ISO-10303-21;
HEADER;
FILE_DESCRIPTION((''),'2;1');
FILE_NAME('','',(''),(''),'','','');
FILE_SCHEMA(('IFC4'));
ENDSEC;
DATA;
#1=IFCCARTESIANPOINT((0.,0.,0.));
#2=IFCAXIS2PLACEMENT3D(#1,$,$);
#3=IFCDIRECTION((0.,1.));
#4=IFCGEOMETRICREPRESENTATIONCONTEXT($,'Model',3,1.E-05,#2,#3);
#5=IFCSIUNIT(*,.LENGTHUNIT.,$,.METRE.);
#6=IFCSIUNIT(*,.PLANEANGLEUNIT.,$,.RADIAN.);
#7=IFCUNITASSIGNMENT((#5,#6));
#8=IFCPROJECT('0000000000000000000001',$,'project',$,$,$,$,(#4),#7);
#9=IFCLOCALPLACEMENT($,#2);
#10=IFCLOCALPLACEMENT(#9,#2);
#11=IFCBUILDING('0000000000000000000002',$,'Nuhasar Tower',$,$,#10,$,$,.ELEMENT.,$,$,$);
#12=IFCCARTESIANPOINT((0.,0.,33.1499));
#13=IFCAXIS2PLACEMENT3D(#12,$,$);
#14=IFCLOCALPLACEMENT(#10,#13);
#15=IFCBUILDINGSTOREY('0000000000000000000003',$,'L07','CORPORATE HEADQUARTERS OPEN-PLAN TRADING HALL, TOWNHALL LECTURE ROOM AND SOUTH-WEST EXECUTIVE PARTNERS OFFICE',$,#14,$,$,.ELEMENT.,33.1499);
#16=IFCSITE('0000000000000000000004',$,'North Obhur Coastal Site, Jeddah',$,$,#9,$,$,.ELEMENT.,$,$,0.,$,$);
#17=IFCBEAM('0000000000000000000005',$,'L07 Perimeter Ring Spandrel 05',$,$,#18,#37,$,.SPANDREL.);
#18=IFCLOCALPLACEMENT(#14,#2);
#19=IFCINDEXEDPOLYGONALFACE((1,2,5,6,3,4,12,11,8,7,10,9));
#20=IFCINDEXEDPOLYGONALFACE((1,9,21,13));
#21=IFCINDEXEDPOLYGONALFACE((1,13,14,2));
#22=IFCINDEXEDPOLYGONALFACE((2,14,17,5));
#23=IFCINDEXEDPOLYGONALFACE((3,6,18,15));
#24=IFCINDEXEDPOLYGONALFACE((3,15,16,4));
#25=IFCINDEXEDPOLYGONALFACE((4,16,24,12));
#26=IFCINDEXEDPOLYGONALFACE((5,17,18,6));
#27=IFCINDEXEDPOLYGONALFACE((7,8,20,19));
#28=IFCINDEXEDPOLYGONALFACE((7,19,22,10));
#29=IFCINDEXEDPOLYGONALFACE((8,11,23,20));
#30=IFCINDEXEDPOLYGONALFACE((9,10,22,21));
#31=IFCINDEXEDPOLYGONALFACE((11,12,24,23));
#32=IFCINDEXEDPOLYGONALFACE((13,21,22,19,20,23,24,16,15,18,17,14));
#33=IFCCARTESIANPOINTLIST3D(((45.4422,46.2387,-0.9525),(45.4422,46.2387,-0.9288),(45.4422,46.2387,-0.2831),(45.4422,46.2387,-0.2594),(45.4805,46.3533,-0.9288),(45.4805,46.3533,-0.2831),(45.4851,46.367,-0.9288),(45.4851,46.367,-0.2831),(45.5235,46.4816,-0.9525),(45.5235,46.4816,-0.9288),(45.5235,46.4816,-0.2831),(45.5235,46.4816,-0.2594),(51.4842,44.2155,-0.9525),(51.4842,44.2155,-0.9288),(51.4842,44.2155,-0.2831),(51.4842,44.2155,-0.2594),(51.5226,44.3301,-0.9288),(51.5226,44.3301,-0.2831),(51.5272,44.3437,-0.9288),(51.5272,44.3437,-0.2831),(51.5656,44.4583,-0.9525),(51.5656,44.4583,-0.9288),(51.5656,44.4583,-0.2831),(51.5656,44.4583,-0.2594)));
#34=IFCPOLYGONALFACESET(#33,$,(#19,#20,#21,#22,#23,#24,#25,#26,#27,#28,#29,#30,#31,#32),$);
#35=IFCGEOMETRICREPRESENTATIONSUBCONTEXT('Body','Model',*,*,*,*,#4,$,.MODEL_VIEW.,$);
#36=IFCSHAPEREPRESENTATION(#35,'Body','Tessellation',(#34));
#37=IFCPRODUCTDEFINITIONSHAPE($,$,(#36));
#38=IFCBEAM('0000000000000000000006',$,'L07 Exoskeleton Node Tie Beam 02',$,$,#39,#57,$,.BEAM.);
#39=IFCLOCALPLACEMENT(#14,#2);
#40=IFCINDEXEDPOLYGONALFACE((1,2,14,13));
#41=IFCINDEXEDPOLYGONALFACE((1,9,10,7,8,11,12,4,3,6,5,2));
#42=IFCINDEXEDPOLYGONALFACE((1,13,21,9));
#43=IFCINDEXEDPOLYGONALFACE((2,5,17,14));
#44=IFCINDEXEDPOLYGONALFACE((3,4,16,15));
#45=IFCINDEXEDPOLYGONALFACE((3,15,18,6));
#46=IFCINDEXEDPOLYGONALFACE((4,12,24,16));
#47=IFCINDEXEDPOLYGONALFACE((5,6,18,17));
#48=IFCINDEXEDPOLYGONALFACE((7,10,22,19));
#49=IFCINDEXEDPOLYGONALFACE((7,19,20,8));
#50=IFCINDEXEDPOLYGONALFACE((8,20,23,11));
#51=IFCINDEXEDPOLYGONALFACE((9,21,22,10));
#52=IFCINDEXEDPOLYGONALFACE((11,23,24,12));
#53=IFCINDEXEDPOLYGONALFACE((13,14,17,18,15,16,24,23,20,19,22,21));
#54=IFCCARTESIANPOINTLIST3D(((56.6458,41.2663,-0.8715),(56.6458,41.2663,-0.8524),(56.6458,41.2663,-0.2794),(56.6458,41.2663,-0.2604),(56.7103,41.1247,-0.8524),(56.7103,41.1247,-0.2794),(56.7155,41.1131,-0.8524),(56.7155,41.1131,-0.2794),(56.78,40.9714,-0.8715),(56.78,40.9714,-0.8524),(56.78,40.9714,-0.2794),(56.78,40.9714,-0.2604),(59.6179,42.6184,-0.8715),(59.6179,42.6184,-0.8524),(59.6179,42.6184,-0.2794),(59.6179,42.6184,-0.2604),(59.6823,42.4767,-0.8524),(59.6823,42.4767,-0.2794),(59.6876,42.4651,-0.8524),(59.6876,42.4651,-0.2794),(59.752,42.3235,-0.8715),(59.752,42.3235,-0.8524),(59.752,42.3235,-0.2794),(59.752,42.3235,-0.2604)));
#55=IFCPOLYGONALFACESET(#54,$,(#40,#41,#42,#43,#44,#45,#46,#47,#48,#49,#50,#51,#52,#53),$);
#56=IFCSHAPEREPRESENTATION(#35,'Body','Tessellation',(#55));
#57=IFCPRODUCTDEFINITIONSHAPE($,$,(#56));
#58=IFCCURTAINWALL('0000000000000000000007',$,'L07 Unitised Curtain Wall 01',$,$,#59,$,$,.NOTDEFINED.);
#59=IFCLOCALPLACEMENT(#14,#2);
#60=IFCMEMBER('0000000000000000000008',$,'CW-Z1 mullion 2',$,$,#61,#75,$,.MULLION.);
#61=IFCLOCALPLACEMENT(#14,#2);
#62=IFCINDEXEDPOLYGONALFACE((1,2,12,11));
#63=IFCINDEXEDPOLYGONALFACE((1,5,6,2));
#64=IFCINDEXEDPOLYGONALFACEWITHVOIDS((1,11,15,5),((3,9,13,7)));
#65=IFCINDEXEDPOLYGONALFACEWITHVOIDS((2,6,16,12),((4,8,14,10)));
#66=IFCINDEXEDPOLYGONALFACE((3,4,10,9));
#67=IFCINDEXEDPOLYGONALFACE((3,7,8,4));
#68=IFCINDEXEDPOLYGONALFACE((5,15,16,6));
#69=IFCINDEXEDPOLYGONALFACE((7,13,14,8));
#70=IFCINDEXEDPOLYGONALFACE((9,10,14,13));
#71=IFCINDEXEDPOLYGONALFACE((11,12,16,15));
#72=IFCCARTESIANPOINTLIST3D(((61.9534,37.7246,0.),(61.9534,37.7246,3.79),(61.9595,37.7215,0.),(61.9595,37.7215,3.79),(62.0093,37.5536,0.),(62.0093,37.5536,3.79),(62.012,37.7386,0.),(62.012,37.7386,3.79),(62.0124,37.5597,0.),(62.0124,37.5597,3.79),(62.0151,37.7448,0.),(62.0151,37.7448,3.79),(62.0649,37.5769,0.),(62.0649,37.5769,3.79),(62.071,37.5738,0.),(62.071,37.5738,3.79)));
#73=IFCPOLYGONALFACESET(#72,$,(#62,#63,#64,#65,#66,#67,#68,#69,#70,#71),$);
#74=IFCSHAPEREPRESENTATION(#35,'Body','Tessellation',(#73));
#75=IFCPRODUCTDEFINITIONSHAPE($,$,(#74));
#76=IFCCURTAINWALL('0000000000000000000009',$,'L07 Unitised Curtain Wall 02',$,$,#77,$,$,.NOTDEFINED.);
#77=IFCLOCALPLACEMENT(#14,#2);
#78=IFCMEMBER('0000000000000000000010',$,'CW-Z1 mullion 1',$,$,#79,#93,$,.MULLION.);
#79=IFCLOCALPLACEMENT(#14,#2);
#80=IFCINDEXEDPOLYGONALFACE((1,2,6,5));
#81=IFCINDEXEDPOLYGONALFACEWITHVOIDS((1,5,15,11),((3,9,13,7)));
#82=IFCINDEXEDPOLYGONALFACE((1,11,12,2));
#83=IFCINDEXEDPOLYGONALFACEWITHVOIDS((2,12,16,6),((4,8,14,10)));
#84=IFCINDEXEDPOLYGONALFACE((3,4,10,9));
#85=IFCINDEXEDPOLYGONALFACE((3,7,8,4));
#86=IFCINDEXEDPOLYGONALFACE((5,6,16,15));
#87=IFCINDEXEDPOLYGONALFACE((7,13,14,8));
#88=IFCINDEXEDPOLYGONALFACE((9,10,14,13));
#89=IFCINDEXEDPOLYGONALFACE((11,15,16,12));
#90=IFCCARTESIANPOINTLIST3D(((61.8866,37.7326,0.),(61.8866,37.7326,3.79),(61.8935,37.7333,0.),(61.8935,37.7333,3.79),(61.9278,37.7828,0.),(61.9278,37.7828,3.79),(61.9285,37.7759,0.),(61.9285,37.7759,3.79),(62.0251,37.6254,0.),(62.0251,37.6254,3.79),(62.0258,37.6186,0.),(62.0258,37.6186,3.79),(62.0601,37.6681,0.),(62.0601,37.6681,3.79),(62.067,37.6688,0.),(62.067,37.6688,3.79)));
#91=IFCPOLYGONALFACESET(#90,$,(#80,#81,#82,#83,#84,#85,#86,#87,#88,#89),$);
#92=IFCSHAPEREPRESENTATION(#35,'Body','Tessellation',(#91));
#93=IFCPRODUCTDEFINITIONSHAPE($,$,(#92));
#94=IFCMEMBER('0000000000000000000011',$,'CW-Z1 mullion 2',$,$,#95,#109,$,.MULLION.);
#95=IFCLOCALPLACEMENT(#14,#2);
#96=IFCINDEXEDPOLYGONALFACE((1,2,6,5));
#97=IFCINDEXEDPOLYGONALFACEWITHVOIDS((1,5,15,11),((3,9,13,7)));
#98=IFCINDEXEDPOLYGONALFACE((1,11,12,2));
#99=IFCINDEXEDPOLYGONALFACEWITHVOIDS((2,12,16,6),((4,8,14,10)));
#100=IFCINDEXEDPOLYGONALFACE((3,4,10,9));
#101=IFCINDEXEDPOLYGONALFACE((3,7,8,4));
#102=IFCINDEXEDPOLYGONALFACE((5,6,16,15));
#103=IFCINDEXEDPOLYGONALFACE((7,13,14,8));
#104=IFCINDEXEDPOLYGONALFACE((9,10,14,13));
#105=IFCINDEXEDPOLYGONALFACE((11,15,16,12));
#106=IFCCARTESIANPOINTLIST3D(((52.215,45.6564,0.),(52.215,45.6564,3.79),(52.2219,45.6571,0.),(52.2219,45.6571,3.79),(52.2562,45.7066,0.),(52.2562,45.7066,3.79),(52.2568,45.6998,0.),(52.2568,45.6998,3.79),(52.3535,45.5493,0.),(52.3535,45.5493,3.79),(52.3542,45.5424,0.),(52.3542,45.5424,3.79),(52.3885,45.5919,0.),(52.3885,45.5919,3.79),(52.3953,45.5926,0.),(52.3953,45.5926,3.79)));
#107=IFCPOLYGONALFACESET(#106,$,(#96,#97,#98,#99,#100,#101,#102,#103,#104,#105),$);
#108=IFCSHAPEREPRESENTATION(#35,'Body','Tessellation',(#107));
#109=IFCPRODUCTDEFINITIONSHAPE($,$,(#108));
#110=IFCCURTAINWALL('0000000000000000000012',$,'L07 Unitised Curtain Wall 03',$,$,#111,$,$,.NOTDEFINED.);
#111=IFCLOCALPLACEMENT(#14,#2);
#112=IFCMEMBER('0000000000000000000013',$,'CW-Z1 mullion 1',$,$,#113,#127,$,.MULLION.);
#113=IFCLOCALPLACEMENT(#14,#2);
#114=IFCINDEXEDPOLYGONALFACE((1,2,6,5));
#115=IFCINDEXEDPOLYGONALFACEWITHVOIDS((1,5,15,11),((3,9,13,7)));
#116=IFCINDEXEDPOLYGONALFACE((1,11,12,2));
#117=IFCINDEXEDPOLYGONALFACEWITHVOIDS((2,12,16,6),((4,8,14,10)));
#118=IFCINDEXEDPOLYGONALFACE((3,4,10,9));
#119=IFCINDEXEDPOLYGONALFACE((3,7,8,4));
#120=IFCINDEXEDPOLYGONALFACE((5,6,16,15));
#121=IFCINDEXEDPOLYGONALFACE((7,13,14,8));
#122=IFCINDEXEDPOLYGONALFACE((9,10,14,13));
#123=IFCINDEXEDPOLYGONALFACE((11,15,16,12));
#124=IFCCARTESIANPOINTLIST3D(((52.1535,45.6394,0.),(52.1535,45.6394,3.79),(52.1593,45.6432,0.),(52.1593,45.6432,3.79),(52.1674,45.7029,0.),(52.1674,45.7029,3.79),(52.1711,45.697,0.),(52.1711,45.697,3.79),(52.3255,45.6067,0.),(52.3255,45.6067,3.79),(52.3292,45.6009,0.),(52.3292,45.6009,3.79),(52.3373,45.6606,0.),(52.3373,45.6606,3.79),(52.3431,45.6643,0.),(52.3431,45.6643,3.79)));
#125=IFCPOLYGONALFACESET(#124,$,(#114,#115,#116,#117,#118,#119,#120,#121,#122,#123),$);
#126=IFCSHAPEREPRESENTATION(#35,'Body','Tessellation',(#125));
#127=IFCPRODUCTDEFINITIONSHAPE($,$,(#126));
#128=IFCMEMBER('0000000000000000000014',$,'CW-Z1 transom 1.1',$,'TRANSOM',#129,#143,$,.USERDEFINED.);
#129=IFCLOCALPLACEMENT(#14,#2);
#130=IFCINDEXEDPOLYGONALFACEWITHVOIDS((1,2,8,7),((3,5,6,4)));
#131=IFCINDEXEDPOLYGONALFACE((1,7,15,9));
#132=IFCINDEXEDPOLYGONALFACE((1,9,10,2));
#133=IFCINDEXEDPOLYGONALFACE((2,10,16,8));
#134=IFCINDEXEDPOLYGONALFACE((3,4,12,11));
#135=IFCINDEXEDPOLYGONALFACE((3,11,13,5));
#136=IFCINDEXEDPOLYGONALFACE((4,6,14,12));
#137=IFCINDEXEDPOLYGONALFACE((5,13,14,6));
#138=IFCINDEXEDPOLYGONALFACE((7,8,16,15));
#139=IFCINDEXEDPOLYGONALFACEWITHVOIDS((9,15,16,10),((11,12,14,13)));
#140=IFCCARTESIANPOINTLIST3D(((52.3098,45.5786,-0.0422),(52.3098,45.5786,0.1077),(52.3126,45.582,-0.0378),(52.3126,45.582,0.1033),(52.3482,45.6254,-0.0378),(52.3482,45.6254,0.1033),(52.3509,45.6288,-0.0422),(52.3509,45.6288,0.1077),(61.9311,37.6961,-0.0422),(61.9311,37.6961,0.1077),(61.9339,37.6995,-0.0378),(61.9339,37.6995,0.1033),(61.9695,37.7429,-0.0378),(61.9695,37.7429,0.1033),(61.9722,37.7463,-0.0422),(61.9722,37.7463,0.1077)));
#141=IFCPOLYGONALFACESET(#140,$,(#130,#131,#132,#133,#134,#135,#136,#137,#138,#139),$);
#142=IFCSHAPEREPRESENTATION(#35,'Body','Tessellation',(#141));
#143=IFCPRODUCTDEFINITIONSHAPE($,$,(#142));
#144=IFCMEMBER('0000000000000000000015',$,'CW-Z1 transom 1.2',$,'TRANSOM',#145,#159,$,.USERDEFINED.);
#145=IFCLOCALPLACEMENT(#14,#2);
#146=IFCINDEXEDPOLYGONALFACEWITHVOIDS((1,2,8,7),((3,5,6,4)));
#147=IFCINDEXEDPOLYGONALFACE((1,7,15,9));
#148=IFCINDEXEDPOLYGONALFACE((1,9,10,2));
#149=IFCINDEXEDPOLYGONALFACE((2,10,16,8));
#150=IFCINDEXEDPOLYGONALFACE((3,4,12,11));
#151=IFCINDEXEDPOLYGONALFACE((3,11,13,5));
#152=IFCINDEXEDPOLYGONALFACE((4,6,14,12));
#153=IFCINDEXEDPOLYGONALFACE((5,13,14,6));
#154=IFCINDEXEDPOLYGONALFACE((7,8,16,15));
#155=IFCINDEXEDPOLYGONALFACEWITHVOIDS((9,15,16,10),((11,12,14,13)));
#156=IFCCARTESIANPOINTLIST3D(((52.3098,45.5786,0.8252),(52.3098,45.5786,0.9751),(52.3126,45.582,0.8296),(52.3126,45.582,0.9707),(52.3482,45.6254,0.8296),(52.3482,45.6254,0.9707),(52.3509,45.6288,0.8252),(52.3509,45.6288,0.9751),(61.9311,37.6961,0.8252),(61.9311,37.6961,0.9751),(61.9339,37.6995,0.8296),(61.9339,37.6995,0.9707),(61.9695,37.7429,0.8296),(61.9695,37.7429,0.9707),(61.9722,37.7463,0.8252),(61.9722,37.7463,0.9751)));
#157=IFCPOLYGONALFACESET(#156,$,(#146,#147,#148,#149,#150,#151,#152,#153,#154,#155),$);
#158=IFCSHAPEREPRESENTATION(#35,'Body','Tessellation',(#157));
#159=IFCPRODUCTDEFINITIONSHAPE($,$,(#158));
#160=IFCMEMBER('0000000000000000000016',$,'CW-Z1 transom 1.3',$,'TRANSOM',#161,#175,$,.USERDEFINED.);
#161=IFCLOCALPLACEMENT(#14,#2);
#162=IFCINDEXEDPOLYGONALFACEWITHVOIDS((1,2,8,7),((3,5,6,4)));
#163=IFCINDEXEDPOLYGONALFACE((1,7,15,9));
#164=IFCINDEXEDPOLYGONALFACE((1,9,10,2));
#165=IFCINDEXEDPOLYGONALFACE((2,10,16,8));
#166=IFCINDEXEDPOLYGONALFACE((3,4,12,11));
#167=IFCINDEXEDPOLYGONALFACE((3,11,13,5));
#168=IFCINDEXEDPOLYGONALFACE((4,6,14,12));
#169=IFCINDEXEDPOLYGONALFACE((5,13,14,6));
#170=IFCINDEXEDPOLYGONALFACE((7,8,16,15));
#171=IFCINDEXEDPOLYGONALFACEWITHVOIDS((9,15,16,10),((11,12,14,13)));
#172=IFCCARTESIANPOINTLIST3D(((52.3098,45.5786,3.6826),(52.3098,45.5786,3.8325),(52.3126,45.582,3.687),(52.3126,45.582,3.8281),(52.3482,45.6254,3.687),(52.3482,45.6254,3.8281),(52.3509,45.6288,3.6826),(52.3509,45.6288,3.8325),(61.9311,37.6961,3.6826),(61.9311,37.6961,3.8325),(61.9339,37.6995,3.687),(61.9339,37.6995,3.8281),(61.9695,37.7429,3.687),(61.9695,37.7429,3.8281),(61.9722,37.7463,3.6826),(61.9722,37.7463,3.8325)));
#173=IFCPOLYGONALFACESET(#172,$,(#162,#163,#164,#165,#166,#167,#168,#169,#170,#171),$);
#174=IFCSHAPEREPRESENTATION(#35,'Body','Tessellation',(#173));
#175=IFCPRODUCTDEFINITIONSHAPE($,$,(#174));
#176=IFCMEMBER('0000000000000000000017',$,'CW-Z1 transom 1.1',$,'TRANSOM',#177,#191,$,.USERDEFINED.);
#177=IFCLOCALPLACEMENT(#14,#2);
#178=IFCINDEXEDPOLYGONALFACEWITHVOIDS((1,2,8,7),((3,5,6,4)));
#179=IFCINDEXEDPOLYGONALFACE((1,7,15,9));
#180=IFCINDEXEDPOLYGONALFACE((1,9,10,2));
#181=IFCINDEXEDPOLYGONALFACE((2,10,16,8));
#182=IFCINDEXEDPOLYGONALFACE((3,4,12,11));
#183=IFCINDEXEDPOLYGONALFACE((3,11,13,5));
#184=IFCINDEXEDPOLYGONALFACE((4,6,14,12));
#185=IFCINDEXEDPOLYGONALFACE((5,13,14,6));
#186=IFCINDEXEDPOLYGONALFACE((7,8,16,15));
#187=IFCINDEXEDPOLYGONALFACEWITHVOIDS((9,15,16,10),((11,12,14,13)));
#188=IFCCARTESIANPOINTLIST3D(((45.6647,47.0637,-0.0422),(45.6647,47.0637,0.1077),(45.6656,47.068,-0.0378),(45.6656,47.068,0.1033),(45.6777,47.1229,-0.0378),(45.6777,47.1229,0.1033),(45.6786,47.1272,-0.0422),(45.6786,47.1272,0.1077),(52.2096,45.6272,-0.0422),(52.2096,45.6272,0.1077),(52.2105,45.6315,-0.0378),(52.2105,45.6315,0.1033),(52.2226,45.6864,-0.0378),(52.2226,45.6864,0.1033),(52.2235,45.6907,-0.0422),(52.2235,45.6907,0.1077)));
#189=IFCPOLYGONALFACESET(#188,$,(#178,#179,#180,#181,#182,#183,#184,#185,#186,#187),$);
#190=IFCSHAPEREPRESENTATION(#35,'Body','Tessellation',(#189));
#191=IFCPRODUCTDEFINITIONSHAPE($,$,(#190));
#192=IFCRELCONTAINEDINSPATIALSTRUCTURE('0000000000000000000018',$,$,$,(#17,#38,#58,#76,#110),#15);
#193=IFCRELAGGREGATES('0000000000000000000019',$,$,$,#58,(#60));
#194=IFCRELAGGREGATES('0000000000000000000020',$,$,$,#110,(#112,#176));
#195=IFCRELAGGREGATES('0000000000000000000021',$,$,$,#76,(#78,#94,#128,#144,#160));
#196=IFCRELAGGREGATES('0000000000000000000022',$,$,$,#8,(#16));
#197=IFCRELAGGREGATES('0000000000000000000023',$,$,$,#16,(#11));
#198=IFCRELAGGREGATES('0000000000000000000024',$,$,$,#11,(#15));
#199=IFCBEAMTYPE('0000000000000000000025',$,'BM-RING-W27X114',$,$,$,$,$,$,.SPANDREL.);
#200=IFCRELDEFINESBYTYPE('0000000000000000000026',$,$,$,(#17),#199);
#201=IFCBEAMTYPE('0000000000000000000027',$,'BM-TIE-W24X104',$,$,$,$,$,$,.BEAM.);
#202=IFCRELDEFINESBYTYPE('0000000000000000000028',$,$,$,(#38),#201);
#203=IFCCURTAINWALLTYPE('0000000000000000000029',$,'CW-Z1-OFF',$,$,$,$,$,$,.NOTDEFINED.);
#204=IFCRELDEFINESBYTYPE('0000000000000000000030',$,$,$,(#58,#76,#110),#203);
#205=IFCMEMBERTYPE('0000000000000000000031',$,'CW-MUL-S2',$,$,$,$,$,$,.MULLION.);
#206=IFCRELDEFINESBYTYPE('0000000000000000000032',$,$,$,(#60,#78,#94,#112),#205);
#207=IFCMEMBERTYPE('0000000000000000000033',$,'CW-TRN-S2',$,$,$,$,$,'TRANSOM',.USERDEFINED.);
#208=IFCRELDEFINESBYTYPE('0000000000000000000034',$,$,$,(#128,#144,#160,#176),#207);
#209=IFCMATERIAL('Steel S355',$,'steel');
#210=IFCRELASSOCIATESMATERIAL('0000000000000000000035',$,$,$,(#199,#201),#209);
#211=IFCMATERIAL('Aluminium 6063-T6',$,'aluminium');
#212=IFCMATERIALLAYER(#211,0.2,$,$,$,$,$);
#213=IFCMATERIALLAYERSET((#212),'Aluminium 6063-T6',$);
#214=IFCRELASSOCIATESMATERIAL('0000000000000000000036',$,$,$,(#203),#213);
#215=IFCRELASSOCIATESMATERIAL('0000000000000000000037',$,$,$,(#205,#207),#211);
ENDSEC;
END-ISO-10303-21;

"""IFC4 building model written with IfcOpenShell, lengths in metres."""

from ifc_helpers import new_model, si_unit, direction, frame, origin, origin_2d, place, context, subcontext, project, spatial, hollow_rectangle, i_section, extrude, material, layer, layer_set, material_profile, profile_set, type_object, element, aggregate, save


model = new_model("IFC4")

# Units and contexts
model_context = context("Model", 3, precision=1e-05, world=origin(), true_north=direction((0.0, 1.0)))
body_context = subcontext(model_context, "Body", "Model", "MODEL_VIEW")
ifc_project = project(units=[si_unit("LENGTHUNIT", "METRE"), si_unit("PLANEANGLEUNIT", "RADIAN")], contexts=[model_context])

# Site, building, storey
site_placement = place(None, origin())
site = spatial("IfcSite", under=ifc_project, at=site_placement, Name="North Obhur Coastal Site, Jeddah", CompositionType="ELEMENT", RefElevation=0.0)
building_placement = place(site_placement, origin())
building = spatial("IfcBuilding", under=site, at=building_placement, Name="Nuhasar Tower", CompositionType="ELEMENT")
storey_placement = place(building_placement, frame((0.0, 0.0, 33.1499)))
storey = spatial("IfcBuildingStorey", under=building, at=storey_placement, Name="L07", Description="CORPORATE HEADQUARTERS OPEN-PLAN TRADING HALL, TOWNHALL LECTURE ROOM AND SOUTH-WEST EXECUTIVE PARTNERS OFFICE", CompositionType="ELEMENT", Elevation=33.1499)

# Beams
ifc_material_1 = material(Name="Steel S355", Category="steel")
ifc_material_profile_1 = material_profile(ifc_material_1, i_section(OverallWidth=0.2561, OverallDepth=0.6931, WebThickness=0.0144, FlangeThickness=0.0237, at=origin_2d()), Name="W27X114")
ifc_profile_set_1 = profile_set([ifc_material_profile_1], Name="Steel S355")
beam_type_1 = type_object("IfcBeamType", Name="BM-RING-W27X114", PredefinedType="SPANDREL", material=ifc_profile_set_1)
beam_1_placement = place(storey_placement, frame((51.5249, 44.3369, -0.606), z_axis=(-0.948249, 0.317526, 0.0), x_axis=(-0.317526, -0.948249, 0.0)))
element("IfcBeam", 1, at=beam_1_placement, inside=storey, type_object=beam_type_1, Name="L07 Perimeter Ring Spandrel 05", PredefinedType="SPANDREL", context=body_context, shape_type="SweptSolid", body=[
    extrude(i_section(OverallWidth=0.2561, OverallDepth=0.6931, WebThickness=0.0144, FlangeThickness=0.0237, at=origin_2d()), origin(), (0.0, 0.0, 1.0), 6.3718),
])
ifc_material_profile_2 = material_profile(ifc_material_1, i_section(OverallWidth=0.324, OverallDepth=0.6111, WebThickness=0.0127, FlangeThickness=0.019, at=origin_2d()), Name="W24X104")
ifc_profile_set_2 = profile_set([ifc_material_profile_2], Name="Steel S355")
beam_type_2 = type_object("IfcBeamType", Name="BM-TIE-W24X104", PredefinedType="BEAM", material=ifc_profile_set_2)
beam_2_placement = place(storey_placement, frame((56.7129, 41.1189, -0.5659), z_axis=(0.910244, 0.414073, 0.0), x_axis=(-0.414073, 0.910244, 0.0)))
element("IfcBeam", 2, at=beam_2_placement, inside=storey, type_object=beam_type_2, Name="L07 Exoskeleton Node Tie Beam 02", PredefinedType="BEAM", context=body_context, shape_type="SweptSolid", body=[
    extrude(i_section(OverallWidth=0.324, OverallDepth=0.6111, WebThickness=0.0127, FlangeThickness=0.019, at=origin_2d()), origin(), (0.0, 0.0, 1.0), 3.2651),
])

# Curtain wall, member
ifc_material_2 = material(Name="Aluminium 6063-T6", Category="aluminium")
ifc_layer_1 = layer(ifc_material_2, 0.2)
ifc_layer_set_1 = layer_set([ifc_layer_1], Name="Aluminium 6063-T6")
curtain_wall_type = type_object("IfcCurtainWallType", Name="CW-Z1-OFF", PredefinedType="NOTDEFINED", material=ifc_layer_set_1)
curtain_wall_1_placement = place(storey_placement, origin())
curtain_wall_1 = element("IfcCurtainWall", 3, at=curtain_wall_1_placement, inside=storey, type_object=curtain_wall_type, Name="L07 Unitised Curtain Wall 01", PredefinedType="NOTDEFINED")
ifc_material_profile_3 = material_profile(ifc_material_2, hollow_rectangle(XDim=0.0649, YDim=0.1799, WallThickness=0.0049, at=origin_2d()), Name="CWM-2")
ifc_profile_set_3 = profile_set([ifc_material_profile_3], Name="Aluminium 6063-T6")
member_type_1 = type_object("IfcMemberType", Name="CW-MUL-S2", PredefinedType="MULLION", material=ifc_profile_set_3)
member_1_placement = place(storey_placement, frame((62.0122, 37.6492, 0.0), z_axis=(0.0, 0.0, 1.0), x_axis=(-0.950468, -0.310824, 0.0)))
member_1 = element("IfcMember", 4, at=member_1_placement, type_object=member_type_1, Name="CW-Z1 mullion 2", PredefinedType="MULLION", context=body_context, shape_type="SweptSolid", body=[
    extrude(hollow_rectangle(XDim=0.0649, YDim=0.1799, WallThickness=0.0049, at=origin_2d()), origin(), (0.0, 0.0, 1.0), 3.79),
])
aggregate(curtain_wall_1, [member_1])

# Curtain wall, members
curtain_wall_2_placement = place(storey_placement, origin())
curtain_wall_2 = element("IfcCurtainWall", 5, at=curtain_wall_2_placement, inside=storey, type_object=curtain_wall_type, Name="L07 Unitised Curtain Wall 02", PredefinedType="NOTDEFINED")
member_2_placement = place(storey_placement, frame((61.9768, 37.7007, 0.0), z_axis=(0.0, 0.0, 1.0), x_axis=(-0.633745, -0.773542, 0.0)))
member_2 = element("IfcMember", 6, at=member_2_placement, type_object=member_type_1, Name="CW-Z1 mullion 1", PredefinedType="MULLION", context=body_context, shape_type="SweptSolid", body=[
    extrude(hollow_rectangle(XDim=0.0649, YDim=0.1799, WallThickness=0.0049, at=origin_2d()), origin(), (0.0, 0.0, 1.0), 3.79),
])
member_3_placement = place(storey_placement, frame((52.3052, 45.6245, 0.0), z_axis=(0.0, 0.0, 1.0), x_axis=(-0.633745, -0.773542, 0.0)))
member_3 = element("IfcMember", 7, at=member_3_placement, type_object=member_type_1, Name="CW-Z1 mullion 2", PredefinedType="MULLION", context=body_context, shape_type="SweptSolid", body=[
    extrude(hollow_rectangle(XDim=0.0649, YDim=0.1799, WallThickness=0.0049, at=origin_2d()), origin(), (0.0, 0.0, 1.0), 3.79),
])

# Curtain wall, member
curtain_wall_3_placement = place(storey_placement, origin())
curtain_wall_3 = element("IfcCurtainWall", 8, at=curtain_wall_3_placement, inside=storey, type_object=curtain_wall_type, Name="L07 Unitised Curtain Wall 03", PredefinedType="NOTDEFINED")
member_4_placement = place(storey_placement, frame((52.2483, 45.6519, 0.0), z_axis=(0.0, 0.0, 1.0), x_axis=(-0.214399, -0.976746, 0.0)))
member_4 = element("IfcMember", 9, at=member_4_placement, type_object=member_type_1, Name="CW-Z1 mullion 1", PredefinedType="MULLION", context=body_context, shape_type="SweptSolid", body=[
    extrude(hollow_rectangle(XDim=0.0649, YDim=0.1799, WallThickness=0.0049, at=origin_2d()), origin(), (0.0, 0.0, 1.0), 3.79),
])

# Members
ifc_material_profile_4 = material_profile(ifc_material_2, hollow_rectangle(XDim=0.0649, YDim=0.1499, WallThickness=0.0044, at=origin_2d()), Name="CWT-2")
ifc_profile_set_4 = profile_set([ifc_material_profile_4], Name="Aluminium 6063-T6")
member_type_2 = type_object("IfcMemberType", Name="CW-TRN-S2", ElementType="TRANSOM", PredefinedType="USERDEFINED", material=ifc_profile_set_4)
member_5_placement = place(storey_placement, frame((61.9517, 37.7212, 0.0327), z_axis=(-0.773541, 0.633746, 0.0), x_axis=(-0.633746, -0.773541, 0.0)))
member_5 = element("IfcMember", 10, at=member_5_placement, type_object=member_type_2, Name="CW-Z1 transom 1.1", ObjectType="TRANSOM", PredefinedType="USERDEFINED", context=body_context, shape_type="SweptSolid", body=[
    extrude(hollow_rectangle(XDim=0.0649, YDim=0.1499, WallThickness=0.0044, at=origin_2d()), origin(), (0.0, 0.0, 1.0), 12.438),
])
member_6_placement = place(storey_placement, frame((61.9517, 37.7212, 0.9001), z_axis=(-0.773541, 0.633746, 0.0), x_axis=(-0.633746, -0.773541, 0.0)))
member_6 = element("IfcMember", 11, at=member_6_placement, type_object=member_type_2, Name="CW-Z1 transom 1.2", ObjectType="TRANSOM", PredefinedType="USERDEFINED", context=body_context, shape_type="SweptSolid", body=[
    extrude(hollow_rectangle(XDim=0.0649, YDim=0.1499, WallThickness=0.0044, at=origin_2d()), origin(), (0.0, 0.0, 1.0), 12.438),
])
member_7_placement = place(storey_placement, frame((61.9517, 37.7212, 3.7576), z_axis=(-0.773541, 0.633746, 0.0), x_axis=(-0.633746, -0.773541, 0.0)))
member_7 = element("IfcMember", 12, at=member_7_placement, type_object=member_type_2, Name="CW-Z1 transom 1.3", ObjectType="TRANSOM", PredefinedType="USERDEFINED", context=body_context, shape_type="SweptSolid", body=[
    extrude(hollow_rectangle(XDim=0.0649, YDim=0.1499, WallThickness=0.0044, at=origin_2d()), origin(), (0.0, 0.0, 1.0), 12.438),
])
member_8_placement = place(storey_placement, frame((52.2166, 45.6589, 0.0327), z_axis=(-0.97675, 0.214384, 0.0), x_axis=(-0.214384, -0.97675, 0.0)))
member_8 = element("IfcMember", 13, at=member_8_placement, type_object=member_type_2, Name="CW-Z1 transom 1.1", ObjectType="TRANSOM", PredefinedType="USERDEFINED", context=body_context, shape_type="SweptSolid", body=[
    extrude(hollow_rectangle(XDim=0.0649, YDim=0.1499, WallThickness=0.0044, at=origin_2d()), origin(), (0.0, 0.0, 1.0), 6.7007),
])

aggregate(curtain_wall_3, [member_4, member_8])
aggregate(curtain_wall_2, [member_2, member_3, member_5, member_6, member_7])

save(model, "model.ifc")
